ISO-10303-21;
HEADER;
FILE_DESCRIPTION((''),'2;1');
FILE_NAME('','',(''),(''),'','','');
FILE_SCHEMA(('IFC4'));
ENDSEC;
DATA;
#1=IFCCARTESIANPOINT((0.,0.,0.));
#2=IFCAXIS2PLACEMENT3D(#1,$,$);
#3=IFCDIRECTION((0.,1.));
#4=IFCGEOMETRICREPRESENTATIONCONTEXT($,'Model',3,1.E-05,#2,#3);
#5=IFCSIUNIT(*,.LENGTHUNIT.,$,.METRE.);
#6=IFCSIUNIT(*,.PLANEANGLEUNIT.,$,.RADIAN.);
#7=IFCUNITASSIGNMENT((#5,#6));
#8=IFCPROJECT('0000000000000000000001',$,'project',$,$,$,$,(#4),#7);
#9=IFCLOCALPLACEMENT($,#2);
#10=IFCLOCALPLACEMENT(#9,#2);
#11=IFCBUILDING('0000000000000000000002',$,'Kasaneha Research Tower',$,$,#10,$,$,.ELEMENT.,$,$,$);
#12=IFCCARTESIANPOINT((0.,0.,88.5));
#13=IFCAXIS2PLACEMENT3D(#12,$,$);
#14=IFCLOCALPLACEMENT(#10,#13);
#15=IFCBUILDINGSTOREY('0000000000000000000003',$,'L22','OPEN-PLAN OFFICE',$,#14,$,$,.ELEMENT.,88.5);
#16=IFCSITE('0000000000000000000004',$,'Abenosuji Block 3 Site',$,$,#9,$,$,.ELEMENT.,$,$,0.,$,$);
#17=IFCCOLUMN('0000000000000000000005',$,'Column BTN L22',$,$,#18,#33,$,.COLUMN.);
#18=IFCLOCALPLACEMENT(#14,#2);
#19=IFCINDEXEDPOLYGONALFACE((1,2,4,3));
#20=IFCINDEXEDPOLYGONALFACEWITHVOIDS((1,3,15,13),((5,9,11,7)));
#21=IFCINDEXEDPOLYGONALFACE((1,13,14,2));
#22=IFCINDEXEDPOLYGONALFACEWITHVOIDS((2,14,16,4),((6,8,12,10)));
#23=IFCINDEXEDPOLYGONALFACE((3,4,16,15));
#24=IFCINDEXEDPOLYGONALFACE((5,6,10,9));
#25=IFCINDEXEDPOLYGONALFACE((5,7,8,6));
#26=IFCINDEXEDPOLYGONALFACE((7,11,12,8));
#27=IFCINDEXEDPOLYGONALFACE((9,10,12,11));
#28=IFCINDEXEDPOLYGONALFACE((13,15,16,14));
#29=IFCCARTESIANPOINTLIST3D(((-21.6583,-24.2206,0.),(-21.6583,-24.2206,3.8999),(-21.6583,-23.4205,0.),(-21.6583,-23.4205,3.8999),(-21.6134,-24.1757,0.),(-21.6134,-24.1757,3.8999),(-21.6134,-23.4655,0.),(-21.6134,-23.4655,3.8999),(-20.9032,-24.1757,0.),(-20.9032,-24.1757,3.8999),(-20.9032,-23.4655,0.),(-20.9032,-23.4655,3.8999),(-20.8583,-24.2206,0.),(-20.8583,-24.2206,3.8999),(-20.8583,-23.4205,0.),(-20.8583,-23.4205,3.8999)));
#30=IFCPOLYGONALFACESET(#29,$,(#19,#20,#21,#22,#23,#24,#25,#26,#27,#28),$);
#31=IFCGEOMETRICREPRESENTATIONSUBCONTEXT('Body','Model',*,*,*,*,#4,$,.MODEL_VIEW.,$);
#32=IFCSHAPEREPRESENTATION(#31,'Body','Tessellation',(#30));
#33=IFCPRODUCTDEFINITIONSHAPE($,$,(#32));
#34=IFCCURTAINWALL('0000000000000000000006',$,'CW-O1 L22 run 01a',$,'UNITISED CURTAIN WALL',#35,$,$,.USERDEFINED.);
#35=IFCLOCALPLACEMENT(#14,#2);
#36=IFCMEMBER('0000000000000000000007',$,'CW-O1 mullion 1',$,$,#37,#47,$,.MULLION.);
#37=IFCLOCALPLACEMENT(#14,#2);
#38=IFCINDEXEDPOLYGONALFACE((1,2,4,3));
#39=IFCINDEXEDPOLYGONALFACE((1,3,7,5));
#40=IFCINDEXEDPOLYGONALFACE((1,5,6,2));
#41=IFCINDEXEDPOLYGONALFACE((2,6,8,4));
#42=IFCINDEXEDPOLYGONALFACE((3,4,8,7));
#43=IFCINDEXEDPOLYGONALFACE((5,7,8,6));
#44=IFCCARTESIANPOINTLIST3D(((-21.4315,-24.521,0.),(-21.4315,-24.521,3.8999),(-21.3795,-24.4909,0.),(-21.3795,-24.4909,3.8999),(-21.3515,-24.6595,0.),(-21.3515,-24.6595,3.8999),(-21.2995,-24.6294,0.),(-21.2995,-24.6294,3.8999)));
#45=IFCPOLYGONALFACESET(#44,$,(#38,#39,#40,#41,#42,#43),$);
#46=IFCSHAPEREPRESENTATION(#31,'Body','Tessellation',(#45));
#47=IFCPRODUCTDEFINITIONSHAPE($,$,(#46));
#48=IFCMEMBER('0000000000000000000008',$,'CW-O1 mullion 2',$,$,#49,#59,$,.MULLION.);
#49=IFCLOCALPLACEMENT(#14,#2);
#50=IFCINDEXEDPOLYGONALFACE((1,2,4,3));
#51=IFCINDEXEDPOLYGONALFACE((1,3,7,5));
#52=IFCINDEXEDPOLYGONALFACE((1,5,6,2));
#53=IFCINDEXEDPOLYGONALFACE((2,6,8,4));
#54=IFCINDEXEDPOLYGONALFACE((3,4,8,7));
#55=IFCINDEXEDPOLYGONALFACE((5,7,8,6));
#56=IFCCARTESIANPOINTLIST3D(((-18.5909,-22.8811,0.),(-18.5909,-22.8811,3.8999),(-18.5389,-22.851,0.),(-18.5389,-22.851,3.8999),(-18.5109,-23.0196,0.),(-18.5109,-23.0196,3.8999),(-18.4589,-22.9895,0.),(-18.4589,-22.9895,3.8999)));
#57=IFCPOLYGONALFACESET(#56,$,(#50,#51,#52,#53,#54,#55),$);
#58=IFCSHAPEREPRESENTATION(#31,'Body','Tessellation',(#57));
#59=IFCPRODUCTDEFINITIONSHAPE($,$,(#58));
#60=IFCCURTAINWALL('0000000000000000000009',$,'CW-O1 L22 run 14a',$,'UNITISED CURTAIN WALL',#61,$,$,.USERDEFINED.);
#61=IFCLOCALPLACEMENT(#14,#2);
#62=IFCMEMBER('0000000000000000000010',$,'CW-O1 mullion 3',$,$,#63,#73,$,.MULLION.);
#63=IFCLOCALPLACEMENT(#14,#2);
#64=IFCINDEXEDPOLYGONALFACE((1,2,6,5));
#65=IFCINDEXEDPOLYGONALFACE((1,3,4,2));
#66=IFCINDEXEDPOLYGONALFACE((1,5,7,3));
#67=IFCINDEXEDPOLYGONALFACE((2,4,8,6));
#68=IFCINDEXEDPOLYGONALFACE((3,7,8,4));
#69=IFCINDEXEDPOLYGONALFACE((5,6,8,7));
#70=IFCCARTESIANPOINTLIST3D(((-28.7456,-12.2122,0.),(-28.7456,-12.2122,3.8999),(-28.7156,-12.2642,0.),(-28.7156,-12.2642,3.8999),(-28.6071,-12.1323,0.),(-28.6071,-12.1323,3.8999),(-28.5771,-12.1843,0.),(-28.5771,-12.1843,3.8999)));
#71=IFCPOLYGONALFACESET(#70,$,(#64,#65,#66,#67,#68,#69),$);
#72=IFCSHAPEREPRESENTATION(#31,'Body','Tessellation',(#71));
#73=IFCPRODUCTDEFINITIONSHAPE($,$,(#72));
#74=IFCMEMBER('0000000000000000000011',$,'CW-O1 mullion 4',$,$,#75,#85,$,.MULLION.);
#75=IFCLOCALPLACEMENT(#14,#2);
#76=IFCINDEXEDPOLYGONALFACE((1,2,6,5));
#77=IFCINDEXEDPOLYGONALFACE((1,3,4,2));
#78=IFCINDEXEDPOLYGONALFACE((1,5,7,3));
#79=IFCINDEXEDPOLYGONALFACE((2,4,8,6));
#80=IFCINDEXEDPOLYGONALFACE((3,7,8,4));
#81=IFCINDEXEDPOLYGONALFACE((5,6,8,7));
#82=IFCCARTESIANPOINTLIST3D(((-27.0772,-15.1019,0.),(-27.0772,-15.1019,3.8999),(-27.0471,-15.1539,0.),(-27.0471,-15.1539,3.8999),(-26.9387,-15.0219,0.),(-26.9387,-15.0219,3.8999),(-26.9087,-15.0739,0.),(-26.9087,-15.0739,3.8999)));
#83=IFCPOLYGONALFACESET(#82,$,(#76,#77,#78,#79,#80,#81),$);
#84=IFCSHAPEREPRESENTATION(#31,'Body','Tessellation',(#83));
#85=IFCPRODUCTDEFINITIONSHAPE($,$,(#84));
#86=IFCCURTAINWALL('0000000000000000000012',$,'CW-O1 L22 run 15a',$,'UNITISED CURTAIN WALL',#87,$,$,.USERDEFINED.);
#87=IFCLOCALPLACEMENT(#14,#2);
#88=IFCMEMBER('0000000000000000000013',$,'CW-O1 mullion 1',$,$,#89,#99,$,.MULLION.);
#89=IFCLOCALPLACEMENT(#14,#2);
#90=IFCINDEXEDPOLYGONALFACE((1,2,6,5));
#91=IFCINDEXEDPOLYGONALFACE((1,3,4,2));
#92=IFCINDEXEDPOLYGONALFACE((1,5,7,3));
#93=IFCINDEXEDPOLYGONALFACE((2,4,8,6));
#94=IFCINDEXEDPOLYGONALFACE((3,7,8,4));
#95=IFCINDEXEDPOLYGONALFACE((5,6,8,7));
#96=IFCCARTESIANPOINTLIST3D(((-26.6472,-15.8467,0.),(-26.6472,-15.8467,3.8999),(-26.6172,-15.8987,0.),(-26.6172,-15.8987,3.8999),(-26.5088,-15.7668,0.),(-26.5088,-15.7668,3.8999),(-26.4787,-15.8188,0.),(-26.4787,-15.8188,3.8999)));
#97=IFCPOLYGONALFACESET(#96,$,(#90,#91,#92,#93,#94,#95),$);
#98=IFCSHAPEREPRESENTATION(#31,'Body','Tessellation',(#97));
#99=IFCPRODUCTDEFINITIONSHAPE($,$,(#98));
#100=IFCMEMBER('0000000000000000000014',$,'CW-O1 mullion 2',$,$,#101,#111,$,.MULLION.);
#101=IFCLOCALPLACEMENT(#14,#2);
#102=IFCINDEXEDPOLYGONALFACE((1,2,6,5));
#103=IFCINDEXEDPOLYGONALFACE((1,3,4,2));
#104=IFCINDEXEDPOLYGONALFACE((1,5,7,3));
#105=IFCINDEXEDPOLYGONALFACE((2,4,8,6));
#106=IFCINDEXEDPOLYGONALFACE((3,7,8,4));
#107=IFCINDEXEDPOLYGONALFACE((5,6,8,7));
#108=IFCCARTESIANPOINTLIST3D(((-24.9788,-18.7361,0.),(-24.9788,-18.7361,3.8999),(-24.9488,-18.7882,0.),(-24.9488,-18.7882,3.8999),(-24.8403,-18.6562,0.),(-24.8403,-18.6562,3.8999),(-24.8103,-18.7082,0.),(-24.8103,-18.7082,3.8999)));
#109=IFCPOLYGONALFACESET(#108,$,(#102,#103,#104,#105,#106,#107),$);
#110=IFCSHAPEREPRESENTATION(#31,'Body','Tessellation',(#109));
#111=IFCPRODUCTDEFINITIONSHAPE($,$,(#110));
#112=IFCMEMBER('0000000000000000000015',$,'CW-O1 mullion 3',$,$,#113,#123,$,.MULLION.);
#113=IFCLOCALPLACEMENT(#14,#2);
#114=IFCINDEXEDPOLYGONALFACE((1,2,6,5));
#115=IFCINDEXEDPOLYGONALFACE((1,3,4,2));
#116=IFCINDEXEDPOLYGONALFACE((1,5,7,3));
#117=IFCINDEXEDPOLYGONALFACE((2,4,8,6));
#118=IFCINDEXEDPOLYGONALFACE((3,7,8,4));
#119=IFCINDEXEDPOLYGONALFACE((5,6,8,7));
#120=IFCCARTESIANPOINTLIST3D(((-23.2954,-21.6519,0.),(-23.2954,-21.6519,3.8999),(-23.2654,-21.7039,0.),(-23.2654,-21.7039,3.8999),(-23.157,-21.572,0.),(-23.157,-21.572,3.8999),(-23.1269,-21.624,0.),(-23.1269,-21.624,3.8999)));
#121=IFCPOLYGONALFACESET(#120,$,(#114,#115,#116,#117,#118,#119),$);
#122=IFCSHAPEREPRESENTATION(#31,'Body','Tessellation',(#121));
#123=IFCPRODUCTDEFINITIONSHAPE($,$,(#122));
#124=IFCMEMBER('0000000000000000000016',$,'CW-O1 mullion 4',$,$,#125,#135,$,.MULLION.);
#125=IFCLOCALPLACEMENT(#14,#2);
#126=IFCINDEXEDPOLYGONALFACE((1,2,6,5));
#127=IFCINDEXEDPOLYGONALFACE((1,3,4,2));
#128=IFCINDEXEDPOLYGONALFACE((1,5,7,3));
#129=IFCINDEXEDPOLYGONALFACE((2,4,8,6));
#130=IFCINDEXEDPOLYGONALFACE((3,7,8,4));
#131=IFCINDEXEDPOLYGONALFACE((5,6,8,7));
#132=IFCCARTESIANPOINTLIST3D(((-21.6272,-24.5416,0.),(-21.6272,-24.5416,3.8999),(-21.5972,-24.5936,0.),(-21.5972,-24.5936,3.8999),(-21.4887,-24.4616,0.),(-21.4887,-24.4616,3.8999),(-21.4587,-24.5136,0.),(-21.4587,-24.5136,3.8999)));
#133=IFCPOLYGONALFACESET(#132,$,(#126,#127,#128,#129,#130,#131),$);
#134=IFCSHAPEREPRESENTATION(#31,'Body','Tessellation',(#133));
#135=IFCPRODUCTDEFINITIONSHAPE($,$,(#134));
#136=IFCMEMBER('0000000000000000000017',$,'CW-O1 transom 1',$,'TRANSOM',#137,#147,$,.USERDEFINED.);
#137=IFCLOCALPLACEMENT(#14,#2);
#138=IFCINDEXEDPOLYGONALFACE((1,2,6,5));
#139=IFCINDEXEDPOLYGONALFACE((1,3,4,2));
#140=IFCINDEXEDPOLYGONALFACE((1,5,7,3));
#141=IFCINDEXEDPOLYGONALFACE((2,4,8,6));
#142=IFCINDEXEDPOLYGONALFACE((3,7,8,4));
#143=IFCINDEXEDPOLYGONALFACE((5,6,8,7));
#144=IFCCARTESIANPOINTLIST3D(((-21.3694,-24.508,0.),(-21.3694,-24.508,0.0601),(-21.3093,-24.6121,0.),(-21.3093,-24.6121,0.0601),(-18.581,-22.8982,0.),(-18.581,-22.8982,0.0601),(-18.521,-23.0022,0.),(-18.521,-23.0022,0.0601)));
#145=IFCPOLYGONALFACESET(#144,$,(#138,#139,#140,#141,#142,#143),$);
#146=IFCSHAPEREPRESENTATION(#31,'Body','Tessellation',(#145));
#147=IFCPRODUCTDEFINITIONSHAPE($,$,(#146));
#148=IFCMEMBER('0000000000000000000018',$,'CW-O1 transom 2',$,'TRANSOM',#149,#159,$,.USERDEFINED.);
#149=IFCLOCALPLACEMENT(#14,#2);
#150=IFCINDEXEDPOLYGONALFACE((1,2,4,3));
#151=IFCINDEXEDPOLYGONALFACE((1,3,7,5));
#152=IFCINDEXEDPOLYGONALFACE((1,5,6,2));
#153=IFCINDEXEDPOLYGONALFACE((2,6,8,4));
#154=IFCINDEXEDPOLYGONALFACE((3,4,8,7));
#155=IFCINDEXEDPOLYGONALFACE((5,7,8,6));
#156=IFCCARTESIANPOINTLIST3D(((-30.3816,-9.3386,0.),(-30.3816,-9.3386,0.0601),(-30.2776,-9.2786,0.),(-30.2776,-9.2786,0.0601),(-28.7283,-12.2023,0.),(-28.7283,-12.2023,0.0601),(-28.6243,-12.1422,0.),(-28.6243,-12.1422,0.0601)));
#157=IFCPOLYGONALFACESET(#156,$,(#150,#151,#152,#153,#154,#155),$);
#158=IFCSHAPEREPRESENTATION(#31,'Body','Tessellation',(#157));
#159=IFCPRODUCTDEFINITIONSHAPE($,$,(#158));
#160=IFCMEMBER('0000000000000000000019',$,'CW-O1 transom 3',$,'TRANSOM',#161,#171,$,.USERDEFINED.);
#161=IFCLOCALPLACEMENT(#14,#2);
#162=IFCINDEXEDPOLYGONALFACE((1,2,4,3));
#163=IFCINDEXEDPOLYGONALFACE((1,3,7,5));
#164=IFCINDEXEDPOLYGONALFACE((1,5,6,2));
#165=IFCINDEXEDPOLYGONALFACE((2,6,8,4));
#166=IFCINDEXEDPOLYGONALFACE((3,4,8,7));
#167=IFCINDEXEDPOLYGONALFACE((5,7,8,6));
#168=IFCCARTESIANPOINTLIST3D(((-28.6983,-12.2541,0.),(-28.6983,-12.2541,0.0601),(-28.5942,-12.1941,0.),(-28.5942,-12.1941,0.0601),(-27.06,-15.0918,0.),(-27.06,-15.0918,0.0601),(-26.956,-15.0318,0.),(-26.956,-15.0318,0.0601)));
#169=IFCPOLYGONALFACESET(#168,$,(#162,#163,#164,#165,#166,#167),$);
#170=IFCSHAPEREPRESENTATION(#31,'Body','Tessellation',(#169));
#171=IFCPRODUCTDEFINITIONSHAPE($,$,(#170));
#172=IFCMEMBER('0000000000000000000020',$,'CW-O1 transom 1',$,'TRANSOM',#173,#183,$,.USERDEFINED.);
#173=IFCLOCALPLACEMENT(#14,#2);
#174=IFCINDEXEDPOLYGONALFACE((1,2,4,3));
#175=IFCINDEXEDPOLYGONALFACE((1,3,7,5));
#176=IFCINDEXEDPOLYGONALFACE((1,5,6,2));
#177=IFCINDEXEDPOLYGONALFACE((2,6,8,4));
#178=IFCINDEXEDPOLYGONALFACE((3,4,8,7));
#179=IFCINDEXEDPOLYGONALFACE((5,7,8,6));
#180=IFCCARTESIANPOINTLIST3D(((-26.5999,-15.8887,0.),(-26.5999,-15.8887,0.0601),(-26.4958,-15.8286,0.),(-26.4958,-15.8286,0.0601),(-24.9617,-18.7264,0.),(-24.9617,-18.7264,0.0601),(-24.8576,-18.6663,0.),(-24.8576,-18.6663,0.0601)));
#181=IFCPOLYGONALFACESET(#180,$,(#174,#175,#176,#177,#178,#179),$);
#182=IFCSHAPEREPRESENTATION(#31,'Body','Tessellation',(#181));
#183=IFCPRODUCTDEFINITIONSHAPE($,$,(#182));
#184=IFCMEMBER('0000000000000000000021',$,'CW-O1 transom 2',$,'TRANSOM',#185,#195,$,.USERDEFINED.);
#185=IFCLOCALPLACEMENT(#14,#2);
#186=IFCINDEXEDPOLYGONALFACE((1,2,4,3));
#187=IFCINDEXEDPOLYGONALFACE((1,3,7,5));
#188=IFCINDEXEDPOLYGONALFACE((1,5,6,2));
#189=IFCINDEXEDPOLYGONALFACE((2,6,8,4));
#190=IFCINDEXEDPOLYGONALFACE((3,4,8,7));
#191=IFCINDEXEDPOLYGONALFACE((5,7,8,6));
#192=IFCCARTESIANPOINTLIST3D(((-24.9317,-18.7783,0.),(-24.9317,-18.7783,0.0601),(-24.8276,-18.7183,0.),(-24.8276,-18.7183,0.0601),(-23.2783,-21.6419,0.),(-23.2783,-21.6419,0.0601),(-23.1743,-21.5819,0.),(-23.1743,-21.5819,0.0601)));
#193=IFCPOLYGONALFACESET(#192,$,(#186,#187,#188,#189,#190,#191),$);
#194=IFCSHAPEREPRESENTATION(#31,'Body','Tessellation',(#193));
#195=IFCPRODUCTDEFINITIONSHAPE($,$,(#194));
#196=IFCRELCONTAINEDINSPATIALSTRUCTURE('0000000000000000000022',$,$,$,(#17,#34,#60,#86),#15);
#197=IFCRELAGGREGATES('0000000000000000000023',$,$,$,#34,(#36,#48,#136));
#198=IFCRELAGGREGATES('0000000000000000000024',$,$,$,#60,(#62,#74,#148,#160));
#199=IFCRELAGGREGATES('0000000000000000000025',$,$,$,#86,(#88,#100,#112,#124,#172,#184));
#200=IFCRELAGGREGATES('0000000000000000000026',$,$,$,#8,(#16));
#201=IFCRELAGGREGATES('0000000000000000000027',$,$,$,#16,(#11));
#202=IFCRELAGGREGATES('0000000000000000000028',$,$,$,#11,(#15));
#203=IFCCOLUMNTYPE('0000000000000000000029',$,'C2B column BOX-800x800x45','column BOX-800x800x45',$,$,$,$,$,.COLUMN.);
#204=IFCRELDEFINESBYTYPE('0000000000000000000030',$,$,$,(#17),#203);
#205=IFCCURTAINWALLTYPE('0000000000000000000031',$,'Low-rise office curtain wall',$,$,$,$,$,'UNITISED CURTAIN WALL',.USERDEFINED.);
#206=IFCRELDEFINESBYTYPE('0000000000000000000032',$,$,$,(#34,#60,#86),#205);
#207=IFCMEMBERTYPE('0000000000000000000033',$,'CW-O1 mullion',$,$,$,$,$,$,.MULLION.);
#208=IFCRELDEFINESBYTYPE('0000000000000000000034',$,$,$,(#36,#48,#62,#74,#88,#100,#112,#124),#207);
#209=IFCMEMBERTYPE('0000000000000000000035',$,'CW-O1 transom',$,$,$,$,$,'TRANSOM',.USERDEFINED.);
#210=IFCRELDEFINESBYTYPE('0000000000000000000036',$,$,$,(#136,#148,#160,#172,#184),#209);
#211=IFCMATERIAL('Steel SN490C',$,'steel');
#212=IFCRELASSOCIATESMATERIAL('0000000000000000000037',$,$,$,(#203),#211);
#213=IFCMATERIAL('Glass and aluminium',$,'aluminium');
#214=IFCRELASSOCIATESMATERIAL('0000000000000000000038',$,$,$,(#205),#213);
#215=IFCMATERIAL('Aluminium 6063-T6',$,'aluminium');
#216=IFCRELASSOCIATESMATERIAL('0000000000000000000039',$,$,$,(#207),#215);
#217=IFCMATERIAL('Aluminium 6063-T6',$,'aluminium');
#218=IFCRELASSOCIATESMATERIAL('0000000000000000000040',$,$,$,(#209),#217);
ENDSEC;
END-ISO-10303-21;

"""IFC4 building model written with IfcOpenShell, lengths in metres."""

from ifc_helpers import new_model, si_unit, direction, frame, origin, origin_2d, place, context, subcontext, project, spatial, rectangle, hollow_rectangle, extrude, material, material_profile, profile_set, type_object, element, aggregate, save


model = new_model("IFC4")

# Units and contexts
model_context = context("Model", 3, precision=1e-05, world=origin(), true_north=direction((0.0, 1.0)))
body_context = subcontext(model_context, "Body", "Model", "MODEL_VIEW")
ifc_project = project(units=[si_unit("LENGTHUNIT", "METRE"), si_unit("PLANEANGLEUNIT", "RADIAN")], contexts=[model_context])

# Site, building, storey
site_placement = place(None, origin())
site = spatial("IfcSite", under=ifc_project, at=site_placement, Name="Abenosuji Block 3 Site", CompositionType="ELEMENT", RefElevation=0.0)
building_placement = place(site_placement, origin())
building = spatial("IfcBuilding", under=site, at=building_placement, Name="Kasaneha Research Tower", CompositionType="ELEMENT")
storey_placement = place(building_placement, frame((0.0, 0.0, 88.5)))
storey = spatial("IfcBuildingStorey", under=building, at=storey_placement, Name="L22", Description="OPEN-PLAN OFFICE", CompositionType="ELEMENT", Elevation=88.5)

# Column
ifc_material_1 = material(Name="Steel SN490C", Category="steel")
ifc_material_profile_1 = material_profile(ifc_material_1, hollow_rectangle(XDim=0.8, YDim=0.8, WallThickness=0.0449, at=origin_2d()), Name="BOX-800x800x45")
ifc_profile_set_1 = profile_set([ifc_material_profile_1], Name="Steel SN490C")
column_type = type_object("IfcColumnType", Name="C2B column BOX-800x800x45", Description="column BOX-800x800x45", PredefinedType="COLUMN", material=ifc_profile_set_1)
column_placement = place(storey_placement, frame((-21.2583, -23.8206, 0.0), z_axis=(0.0, 0.0, 1.0), x_axis=(1.0, 0.0, 0.0)))
element("IfcColumn", 1, at=column_placement, inside=storey, type_object=column_type, Name="Column BTN L22", PredefinedType="COLUMN", context=body_context, shape_type="SweptSolid", body=[
    extrude(hollow_rectangle(XDim=0.8, YDim=0.8, WallThickness=0.0449, at=origin_2d()), origin(), (0.0, 0.0, 1.0), 3.8999),
])

# Curtain walls, members
ifc_material_2 = material(Name="Glass and aluminium", Category="aluminium")
curtain_wall_type = type_object("IfcCurtainWallType", Name="Low-rise office curtain wall", ElementType="UNITISED CURTAIN WALL", PredefinedType="USERDEFINED", material=ifc_material_2)
curtain_wall_1_placement = place(storey_placement, origin())
curtain_wall_1 = element("IfcCurtainWall", 2, at=curtain_wall_1_placement, inside=storey, type_object=curtain_wall_type, Name="CW-O1 L22 run 01a", ObjectType="UNITISED CURTAIN WALL", PredefinedType="USERDEFINED")
ifc_material_3 = material(Name="Aluminium 6063-T6", Category="aluminium")
ifc_material_profile_2 = material_profile(ifc_material_3, rectangle(XDim=0.0601, YDim=0.1599, at=origin_2d()), Name="CW-O1 mullion 60x160")
ifc_profile_set_2 = profile_set([ifc_material_profile_2], Name="Aluminium 6063-T6")
member_type_1 = type_object("IfcMemberType", Name="CW-O1 mullion", PredefinedType="MULLION", material=ifc_profile_set_2)
member_1_placement = place(storey_placement, frame((-21.3655, -24.5752, 0.0), z_axis=(0.0, 0.0, 1.0), x_axis=(0.866025, 0.5, 0.0)))
member_1 = element("IfcMember", 3, at=member_1_placement, type_object=member_type_1, Name="CW-O1 mullion 1", PredefinedType="MULLION", context=body_context, shape_type="SweptSolid", body=[
    extrude(rectangle(XDim=0.0601, YDim=0.1599, at=origin_2d()), origin(), (0.0, 0.0, 1.0), 3.8999),
])
member_2_placement = place(storey_placement, frame((-18.5249, -22.9353, 0.0), z_axis=(0.0, 0.0, 1.0), x_axis=(0.866025, 0.5, 0.0)))
member_2 = element("IfcMember", 4, at=member_2_placement, type_object=member_type_1, Name="CW-O1 mullion 2", PredefinedType="MULLION", context=body_context, shape_type="SweptSolid", body=[
    extrude(rectangle(XDim=0.0601, YDim=0.1599, at=origin_2d()), origin(), (0.0, 0.0, 1.0), 3.8999),
])
curtain_wall_2_placement = place(storey_placement, origin())
curtain_wall_2 = element("IfcCurtainWall", 5, at=curtain_wall_2_placement, inside=storey, type_object=curtain_wall_type, Name="CW-O1 L22 run 14a", ObjectType="UNITISED CURTAIN WALL", PredefinedType="USERDEFINED")
member_3_placement = place(storey_placement, frame((-28.6614, -12.1982, 0.0), z_axis=(0.0, 0.0, 1.0), x_axis=(0.5, -0.866025, 0.0)))
member_3 = element("IfcMember", 6, at=member_3_placement, type_object=member_type_1, Name="CW-O1 mullion 3", PredefinedType="MULLION", context=body_context, shape_type="SweptSolid", body=[
    extrude(rectangle(XDim=0.0601, YDim=0.1599, at=origin_2d()), origin(), (0.0, 0.0, 1.0), 3.8999),
])
member_4_placement = place(storey_placement, frame((-26.9929, -15.0879, 0.0), z_axis=(0.0, 0.0, 1.0), x_axis=(0.5, -0.866025, 0.0)))
member_4 = element("IfcMember", 7, at=member_4_placement, type_object=member_type_1, Name="CW-O1 mullion 4", PredefinedType="MULLION", context=body_context, shape_type="SweptSolid", body=[
    extrude(rectangle(XDim=0.0601, YDim=0.1599, at=origin_2d()), origin(), (0.0, 0.0, 1.0), 3.8999),
])
curtain_wall_3_placement = place(storey_placement, origin())
curtain_wall_3 = element("IfcCurtainWall", 8, at=curtain_wall_3_placement, inside=storey, type_object=curtain_wall_type, Name="CW-O1 L22 run 15a", ObjectType="UNITISED CURTAIN WALL", PredefinedType="USERDEFINED")
member_5_placement = place(storey_placement, frame((-26.563, -15.8328, 0.0), z_axis=(0.0, 0.0, 1.0), x_axis=(0.5, -0.866025, 0.0)))
member_5 = element("IfcMember", 9, at=member_5_placement, type_object=member_type_1, Name="CW-O1 mullion 1", PredefinedType="MULLION", context=body_context, shape_type="SweptSolid", body=[
    extrude(rectangle(XDim=0.0601, YDim=0.1599, at=origin_2d()), origin(), (0.0, 0.0, 1.0), 3.8999),
])
member_6_placement = place(storey_placement, frame((-24.8945, -18.7222, 0.0), z_axis=(0.0, 0.0, 1.0), x_axis=(0.5, -0.866025, 0.0)))
member_6 = element("IfcMember", 10, at=member_6_placement, type_object=member_type_1, Name="CW-O1 mullion 2", PredefinedType="MULLION", context=body_context, shape_type="SweptSolid", body=[
    extrude(rectangle(XDim=0.0601, YDim=0.1599, at=origin_2d()), origin(), (0.0, 0.0, 1.0), 3.8999),
])
member_7_placement = place(storey_placement, frame((-23.2112, -21.6379, 0.0), z_axis=(0.0, 0.0, 1.0), x_axis=(0.5, -0.866025, 0.0)))
member_7 = element("IfcMember", 11, at=member_7_placement, type_object=member_type_1, Name="CW-O1 mullion 3", PredefinedType="MULLION", context=body_context, shape_type="SweptSolid", body=[
    extrude(rectangle(XDim=0.0601, YDim=0.1599, at=origin_2d()), origin(), (0.0, 0.0, 1.0), 3.8999),
])
member_8_placement = place(storey_placement, frame((-21.543, -24.5276, 0.0), z_axis=(0.0, 0.0, 1.0), x_axis=(0.5, -0.866025, 0.0)))
member_8 = element("IfcMember", 12, at=member_8_placement, type_object=member_type_1, Name="CW-O1 mullion 4", PredefinedType="MULLION", context=body_context, shape_type="SweptSolid", body=[
    extrude(rectangle(XDim=0.0601, YDim=0.1599, at=origin_2d()), origin(), (0.0, 0.0, 1.0), 3.8999),
])

# Members
ifc_material_4 = material(Name="Aluminium 6063-T6", Category="aluminium")
ifc_material_profile_3 = material_profile(ifc_material_4, rectangle(XDim=0.1201, YDim=0.0601, at=origin_2d()), Name="CW-O1 transom 120x60")
ifc_profile_set_3 = profile_set([ifc_material_profile_3], Name="Aluminium 6063-T6")
member_type_2 = type_object("IfcMemberType", Name="CW-O1 transom", ElementType="TRANSOM", PredefinedType="USERDEFINED", material=ifc_profile_set_3)
member_9_placement = place(storey_placement, frame((-21.3394, -24.5601, 0.03), z_axis=(0.866023, 0.500005, 0.0), x_axis=(-0.500005, 0.866023, 0.0)))
member_9 = element("IfcMember", 13, at=member_9_placement, type_object=member_type_2, Name="CW-O1 transom 1", ObjectType="TRANSOM", PredefinedType="USERDEFINED", context=body_context, shape_type="SweptSolid", body=[
    extrude(rectangle(XDim=0.1201, YDim=0.0601, at=origin_2d()), origin(), (0.0, 0.0, 1.0), 3.2197),
])
member_10_placement = place(storey_placement, frame((-30.3296, -9.3086, 0.03), z_axis=(0.499982, -0.866036, 0.0), x_axis=(0.866036, 0.499982, 0.0)))
member_10 = element("IfcMember", 14, at=member_10_placement, type_object=member_type_2, Name="CW-O1 transom 2", ObjectType="TRANSOM", PredefinedType="USERDEFINED", context=body_context, shape_type="SweptSolid", body=[
    extrude(rectangle(XDim=0.1201, YDim=0.0601, at=origin_2d()), origin(), (0.0, 0.0, 1.0), 3.3066),
])
member_11_placement = place(storey_placement, frame((-28.6462, -12.2241, 0.03), z_axis=(0.49997, -0.866043, 0.0), x_axis=(0.866043, 0.49997, 0.0)))
member_11 = element("IfcMember", 15, at=member_11_placement, type_object=member_type_2, Name="CW-O1 transom 3", ObjectType="TRANSOM", PredefinedType="USERDEFINED", context=body_context, shape_type="SweptSolid", body=[
    extrude(rectangle(XDim=0.1201, YDim=0.0601, at=origin_2d()), origin(), (0.0, 0.0, 1.0), 3.2766),
])
member_12_placement = place(storey_placement, frame((-26.5479, -15.8586, 0.03), z_axis=(0.49997, -0.866043, 0.0), x_axis=(0.866043, 0.49997, 0.0)))
member_12 = element("IfcMember", 16, at=member_12_placement, type_object=member_type_2, Name="CW-O1 transom 1", ObjectType="TRANSOM", PredefinedType="USERDEFINED", context=body_context, shape_type="SweptSolid", body=[
    extrude(rectangle(XDim=0.1201, YDim=0.0601, at=origin_2d()), origin(), (0.0, 0.0, 1.0), 3.2766),
])
member_13_placement = place(storey_placement, frame((-24.8796, -18.7483, 0.03), z_axis=(0.500014, -0.866017, 0.0), x_axis=(0.866017, 0.500014, 0.0)))
member_13 = element("IfcMember", 17, at=member_13_placement, type_object=member_type_2, Name="CW-O1 transom 2", ObjectType="TRANSOM", PredefinedType="USERDEFINED", context=body_context, shape_type="SweptSolid", body=[
    extrude(rectangle(XDim=0.1201, YDim=0.0601, at=origin_2d()), origin(), (0.0, 0.0, 1.0), 3.3066),
])

aggregate(curtain_wall_1, [member_1, member_2, member_9])
aggregate(curtain_wall_2, [member_3, member_4, member_10, member_11])
aggregate(curtain_wall_3, [member_5, member_6, member_7, member_8, member_12, member_13])

save(model, "model.ifc")
